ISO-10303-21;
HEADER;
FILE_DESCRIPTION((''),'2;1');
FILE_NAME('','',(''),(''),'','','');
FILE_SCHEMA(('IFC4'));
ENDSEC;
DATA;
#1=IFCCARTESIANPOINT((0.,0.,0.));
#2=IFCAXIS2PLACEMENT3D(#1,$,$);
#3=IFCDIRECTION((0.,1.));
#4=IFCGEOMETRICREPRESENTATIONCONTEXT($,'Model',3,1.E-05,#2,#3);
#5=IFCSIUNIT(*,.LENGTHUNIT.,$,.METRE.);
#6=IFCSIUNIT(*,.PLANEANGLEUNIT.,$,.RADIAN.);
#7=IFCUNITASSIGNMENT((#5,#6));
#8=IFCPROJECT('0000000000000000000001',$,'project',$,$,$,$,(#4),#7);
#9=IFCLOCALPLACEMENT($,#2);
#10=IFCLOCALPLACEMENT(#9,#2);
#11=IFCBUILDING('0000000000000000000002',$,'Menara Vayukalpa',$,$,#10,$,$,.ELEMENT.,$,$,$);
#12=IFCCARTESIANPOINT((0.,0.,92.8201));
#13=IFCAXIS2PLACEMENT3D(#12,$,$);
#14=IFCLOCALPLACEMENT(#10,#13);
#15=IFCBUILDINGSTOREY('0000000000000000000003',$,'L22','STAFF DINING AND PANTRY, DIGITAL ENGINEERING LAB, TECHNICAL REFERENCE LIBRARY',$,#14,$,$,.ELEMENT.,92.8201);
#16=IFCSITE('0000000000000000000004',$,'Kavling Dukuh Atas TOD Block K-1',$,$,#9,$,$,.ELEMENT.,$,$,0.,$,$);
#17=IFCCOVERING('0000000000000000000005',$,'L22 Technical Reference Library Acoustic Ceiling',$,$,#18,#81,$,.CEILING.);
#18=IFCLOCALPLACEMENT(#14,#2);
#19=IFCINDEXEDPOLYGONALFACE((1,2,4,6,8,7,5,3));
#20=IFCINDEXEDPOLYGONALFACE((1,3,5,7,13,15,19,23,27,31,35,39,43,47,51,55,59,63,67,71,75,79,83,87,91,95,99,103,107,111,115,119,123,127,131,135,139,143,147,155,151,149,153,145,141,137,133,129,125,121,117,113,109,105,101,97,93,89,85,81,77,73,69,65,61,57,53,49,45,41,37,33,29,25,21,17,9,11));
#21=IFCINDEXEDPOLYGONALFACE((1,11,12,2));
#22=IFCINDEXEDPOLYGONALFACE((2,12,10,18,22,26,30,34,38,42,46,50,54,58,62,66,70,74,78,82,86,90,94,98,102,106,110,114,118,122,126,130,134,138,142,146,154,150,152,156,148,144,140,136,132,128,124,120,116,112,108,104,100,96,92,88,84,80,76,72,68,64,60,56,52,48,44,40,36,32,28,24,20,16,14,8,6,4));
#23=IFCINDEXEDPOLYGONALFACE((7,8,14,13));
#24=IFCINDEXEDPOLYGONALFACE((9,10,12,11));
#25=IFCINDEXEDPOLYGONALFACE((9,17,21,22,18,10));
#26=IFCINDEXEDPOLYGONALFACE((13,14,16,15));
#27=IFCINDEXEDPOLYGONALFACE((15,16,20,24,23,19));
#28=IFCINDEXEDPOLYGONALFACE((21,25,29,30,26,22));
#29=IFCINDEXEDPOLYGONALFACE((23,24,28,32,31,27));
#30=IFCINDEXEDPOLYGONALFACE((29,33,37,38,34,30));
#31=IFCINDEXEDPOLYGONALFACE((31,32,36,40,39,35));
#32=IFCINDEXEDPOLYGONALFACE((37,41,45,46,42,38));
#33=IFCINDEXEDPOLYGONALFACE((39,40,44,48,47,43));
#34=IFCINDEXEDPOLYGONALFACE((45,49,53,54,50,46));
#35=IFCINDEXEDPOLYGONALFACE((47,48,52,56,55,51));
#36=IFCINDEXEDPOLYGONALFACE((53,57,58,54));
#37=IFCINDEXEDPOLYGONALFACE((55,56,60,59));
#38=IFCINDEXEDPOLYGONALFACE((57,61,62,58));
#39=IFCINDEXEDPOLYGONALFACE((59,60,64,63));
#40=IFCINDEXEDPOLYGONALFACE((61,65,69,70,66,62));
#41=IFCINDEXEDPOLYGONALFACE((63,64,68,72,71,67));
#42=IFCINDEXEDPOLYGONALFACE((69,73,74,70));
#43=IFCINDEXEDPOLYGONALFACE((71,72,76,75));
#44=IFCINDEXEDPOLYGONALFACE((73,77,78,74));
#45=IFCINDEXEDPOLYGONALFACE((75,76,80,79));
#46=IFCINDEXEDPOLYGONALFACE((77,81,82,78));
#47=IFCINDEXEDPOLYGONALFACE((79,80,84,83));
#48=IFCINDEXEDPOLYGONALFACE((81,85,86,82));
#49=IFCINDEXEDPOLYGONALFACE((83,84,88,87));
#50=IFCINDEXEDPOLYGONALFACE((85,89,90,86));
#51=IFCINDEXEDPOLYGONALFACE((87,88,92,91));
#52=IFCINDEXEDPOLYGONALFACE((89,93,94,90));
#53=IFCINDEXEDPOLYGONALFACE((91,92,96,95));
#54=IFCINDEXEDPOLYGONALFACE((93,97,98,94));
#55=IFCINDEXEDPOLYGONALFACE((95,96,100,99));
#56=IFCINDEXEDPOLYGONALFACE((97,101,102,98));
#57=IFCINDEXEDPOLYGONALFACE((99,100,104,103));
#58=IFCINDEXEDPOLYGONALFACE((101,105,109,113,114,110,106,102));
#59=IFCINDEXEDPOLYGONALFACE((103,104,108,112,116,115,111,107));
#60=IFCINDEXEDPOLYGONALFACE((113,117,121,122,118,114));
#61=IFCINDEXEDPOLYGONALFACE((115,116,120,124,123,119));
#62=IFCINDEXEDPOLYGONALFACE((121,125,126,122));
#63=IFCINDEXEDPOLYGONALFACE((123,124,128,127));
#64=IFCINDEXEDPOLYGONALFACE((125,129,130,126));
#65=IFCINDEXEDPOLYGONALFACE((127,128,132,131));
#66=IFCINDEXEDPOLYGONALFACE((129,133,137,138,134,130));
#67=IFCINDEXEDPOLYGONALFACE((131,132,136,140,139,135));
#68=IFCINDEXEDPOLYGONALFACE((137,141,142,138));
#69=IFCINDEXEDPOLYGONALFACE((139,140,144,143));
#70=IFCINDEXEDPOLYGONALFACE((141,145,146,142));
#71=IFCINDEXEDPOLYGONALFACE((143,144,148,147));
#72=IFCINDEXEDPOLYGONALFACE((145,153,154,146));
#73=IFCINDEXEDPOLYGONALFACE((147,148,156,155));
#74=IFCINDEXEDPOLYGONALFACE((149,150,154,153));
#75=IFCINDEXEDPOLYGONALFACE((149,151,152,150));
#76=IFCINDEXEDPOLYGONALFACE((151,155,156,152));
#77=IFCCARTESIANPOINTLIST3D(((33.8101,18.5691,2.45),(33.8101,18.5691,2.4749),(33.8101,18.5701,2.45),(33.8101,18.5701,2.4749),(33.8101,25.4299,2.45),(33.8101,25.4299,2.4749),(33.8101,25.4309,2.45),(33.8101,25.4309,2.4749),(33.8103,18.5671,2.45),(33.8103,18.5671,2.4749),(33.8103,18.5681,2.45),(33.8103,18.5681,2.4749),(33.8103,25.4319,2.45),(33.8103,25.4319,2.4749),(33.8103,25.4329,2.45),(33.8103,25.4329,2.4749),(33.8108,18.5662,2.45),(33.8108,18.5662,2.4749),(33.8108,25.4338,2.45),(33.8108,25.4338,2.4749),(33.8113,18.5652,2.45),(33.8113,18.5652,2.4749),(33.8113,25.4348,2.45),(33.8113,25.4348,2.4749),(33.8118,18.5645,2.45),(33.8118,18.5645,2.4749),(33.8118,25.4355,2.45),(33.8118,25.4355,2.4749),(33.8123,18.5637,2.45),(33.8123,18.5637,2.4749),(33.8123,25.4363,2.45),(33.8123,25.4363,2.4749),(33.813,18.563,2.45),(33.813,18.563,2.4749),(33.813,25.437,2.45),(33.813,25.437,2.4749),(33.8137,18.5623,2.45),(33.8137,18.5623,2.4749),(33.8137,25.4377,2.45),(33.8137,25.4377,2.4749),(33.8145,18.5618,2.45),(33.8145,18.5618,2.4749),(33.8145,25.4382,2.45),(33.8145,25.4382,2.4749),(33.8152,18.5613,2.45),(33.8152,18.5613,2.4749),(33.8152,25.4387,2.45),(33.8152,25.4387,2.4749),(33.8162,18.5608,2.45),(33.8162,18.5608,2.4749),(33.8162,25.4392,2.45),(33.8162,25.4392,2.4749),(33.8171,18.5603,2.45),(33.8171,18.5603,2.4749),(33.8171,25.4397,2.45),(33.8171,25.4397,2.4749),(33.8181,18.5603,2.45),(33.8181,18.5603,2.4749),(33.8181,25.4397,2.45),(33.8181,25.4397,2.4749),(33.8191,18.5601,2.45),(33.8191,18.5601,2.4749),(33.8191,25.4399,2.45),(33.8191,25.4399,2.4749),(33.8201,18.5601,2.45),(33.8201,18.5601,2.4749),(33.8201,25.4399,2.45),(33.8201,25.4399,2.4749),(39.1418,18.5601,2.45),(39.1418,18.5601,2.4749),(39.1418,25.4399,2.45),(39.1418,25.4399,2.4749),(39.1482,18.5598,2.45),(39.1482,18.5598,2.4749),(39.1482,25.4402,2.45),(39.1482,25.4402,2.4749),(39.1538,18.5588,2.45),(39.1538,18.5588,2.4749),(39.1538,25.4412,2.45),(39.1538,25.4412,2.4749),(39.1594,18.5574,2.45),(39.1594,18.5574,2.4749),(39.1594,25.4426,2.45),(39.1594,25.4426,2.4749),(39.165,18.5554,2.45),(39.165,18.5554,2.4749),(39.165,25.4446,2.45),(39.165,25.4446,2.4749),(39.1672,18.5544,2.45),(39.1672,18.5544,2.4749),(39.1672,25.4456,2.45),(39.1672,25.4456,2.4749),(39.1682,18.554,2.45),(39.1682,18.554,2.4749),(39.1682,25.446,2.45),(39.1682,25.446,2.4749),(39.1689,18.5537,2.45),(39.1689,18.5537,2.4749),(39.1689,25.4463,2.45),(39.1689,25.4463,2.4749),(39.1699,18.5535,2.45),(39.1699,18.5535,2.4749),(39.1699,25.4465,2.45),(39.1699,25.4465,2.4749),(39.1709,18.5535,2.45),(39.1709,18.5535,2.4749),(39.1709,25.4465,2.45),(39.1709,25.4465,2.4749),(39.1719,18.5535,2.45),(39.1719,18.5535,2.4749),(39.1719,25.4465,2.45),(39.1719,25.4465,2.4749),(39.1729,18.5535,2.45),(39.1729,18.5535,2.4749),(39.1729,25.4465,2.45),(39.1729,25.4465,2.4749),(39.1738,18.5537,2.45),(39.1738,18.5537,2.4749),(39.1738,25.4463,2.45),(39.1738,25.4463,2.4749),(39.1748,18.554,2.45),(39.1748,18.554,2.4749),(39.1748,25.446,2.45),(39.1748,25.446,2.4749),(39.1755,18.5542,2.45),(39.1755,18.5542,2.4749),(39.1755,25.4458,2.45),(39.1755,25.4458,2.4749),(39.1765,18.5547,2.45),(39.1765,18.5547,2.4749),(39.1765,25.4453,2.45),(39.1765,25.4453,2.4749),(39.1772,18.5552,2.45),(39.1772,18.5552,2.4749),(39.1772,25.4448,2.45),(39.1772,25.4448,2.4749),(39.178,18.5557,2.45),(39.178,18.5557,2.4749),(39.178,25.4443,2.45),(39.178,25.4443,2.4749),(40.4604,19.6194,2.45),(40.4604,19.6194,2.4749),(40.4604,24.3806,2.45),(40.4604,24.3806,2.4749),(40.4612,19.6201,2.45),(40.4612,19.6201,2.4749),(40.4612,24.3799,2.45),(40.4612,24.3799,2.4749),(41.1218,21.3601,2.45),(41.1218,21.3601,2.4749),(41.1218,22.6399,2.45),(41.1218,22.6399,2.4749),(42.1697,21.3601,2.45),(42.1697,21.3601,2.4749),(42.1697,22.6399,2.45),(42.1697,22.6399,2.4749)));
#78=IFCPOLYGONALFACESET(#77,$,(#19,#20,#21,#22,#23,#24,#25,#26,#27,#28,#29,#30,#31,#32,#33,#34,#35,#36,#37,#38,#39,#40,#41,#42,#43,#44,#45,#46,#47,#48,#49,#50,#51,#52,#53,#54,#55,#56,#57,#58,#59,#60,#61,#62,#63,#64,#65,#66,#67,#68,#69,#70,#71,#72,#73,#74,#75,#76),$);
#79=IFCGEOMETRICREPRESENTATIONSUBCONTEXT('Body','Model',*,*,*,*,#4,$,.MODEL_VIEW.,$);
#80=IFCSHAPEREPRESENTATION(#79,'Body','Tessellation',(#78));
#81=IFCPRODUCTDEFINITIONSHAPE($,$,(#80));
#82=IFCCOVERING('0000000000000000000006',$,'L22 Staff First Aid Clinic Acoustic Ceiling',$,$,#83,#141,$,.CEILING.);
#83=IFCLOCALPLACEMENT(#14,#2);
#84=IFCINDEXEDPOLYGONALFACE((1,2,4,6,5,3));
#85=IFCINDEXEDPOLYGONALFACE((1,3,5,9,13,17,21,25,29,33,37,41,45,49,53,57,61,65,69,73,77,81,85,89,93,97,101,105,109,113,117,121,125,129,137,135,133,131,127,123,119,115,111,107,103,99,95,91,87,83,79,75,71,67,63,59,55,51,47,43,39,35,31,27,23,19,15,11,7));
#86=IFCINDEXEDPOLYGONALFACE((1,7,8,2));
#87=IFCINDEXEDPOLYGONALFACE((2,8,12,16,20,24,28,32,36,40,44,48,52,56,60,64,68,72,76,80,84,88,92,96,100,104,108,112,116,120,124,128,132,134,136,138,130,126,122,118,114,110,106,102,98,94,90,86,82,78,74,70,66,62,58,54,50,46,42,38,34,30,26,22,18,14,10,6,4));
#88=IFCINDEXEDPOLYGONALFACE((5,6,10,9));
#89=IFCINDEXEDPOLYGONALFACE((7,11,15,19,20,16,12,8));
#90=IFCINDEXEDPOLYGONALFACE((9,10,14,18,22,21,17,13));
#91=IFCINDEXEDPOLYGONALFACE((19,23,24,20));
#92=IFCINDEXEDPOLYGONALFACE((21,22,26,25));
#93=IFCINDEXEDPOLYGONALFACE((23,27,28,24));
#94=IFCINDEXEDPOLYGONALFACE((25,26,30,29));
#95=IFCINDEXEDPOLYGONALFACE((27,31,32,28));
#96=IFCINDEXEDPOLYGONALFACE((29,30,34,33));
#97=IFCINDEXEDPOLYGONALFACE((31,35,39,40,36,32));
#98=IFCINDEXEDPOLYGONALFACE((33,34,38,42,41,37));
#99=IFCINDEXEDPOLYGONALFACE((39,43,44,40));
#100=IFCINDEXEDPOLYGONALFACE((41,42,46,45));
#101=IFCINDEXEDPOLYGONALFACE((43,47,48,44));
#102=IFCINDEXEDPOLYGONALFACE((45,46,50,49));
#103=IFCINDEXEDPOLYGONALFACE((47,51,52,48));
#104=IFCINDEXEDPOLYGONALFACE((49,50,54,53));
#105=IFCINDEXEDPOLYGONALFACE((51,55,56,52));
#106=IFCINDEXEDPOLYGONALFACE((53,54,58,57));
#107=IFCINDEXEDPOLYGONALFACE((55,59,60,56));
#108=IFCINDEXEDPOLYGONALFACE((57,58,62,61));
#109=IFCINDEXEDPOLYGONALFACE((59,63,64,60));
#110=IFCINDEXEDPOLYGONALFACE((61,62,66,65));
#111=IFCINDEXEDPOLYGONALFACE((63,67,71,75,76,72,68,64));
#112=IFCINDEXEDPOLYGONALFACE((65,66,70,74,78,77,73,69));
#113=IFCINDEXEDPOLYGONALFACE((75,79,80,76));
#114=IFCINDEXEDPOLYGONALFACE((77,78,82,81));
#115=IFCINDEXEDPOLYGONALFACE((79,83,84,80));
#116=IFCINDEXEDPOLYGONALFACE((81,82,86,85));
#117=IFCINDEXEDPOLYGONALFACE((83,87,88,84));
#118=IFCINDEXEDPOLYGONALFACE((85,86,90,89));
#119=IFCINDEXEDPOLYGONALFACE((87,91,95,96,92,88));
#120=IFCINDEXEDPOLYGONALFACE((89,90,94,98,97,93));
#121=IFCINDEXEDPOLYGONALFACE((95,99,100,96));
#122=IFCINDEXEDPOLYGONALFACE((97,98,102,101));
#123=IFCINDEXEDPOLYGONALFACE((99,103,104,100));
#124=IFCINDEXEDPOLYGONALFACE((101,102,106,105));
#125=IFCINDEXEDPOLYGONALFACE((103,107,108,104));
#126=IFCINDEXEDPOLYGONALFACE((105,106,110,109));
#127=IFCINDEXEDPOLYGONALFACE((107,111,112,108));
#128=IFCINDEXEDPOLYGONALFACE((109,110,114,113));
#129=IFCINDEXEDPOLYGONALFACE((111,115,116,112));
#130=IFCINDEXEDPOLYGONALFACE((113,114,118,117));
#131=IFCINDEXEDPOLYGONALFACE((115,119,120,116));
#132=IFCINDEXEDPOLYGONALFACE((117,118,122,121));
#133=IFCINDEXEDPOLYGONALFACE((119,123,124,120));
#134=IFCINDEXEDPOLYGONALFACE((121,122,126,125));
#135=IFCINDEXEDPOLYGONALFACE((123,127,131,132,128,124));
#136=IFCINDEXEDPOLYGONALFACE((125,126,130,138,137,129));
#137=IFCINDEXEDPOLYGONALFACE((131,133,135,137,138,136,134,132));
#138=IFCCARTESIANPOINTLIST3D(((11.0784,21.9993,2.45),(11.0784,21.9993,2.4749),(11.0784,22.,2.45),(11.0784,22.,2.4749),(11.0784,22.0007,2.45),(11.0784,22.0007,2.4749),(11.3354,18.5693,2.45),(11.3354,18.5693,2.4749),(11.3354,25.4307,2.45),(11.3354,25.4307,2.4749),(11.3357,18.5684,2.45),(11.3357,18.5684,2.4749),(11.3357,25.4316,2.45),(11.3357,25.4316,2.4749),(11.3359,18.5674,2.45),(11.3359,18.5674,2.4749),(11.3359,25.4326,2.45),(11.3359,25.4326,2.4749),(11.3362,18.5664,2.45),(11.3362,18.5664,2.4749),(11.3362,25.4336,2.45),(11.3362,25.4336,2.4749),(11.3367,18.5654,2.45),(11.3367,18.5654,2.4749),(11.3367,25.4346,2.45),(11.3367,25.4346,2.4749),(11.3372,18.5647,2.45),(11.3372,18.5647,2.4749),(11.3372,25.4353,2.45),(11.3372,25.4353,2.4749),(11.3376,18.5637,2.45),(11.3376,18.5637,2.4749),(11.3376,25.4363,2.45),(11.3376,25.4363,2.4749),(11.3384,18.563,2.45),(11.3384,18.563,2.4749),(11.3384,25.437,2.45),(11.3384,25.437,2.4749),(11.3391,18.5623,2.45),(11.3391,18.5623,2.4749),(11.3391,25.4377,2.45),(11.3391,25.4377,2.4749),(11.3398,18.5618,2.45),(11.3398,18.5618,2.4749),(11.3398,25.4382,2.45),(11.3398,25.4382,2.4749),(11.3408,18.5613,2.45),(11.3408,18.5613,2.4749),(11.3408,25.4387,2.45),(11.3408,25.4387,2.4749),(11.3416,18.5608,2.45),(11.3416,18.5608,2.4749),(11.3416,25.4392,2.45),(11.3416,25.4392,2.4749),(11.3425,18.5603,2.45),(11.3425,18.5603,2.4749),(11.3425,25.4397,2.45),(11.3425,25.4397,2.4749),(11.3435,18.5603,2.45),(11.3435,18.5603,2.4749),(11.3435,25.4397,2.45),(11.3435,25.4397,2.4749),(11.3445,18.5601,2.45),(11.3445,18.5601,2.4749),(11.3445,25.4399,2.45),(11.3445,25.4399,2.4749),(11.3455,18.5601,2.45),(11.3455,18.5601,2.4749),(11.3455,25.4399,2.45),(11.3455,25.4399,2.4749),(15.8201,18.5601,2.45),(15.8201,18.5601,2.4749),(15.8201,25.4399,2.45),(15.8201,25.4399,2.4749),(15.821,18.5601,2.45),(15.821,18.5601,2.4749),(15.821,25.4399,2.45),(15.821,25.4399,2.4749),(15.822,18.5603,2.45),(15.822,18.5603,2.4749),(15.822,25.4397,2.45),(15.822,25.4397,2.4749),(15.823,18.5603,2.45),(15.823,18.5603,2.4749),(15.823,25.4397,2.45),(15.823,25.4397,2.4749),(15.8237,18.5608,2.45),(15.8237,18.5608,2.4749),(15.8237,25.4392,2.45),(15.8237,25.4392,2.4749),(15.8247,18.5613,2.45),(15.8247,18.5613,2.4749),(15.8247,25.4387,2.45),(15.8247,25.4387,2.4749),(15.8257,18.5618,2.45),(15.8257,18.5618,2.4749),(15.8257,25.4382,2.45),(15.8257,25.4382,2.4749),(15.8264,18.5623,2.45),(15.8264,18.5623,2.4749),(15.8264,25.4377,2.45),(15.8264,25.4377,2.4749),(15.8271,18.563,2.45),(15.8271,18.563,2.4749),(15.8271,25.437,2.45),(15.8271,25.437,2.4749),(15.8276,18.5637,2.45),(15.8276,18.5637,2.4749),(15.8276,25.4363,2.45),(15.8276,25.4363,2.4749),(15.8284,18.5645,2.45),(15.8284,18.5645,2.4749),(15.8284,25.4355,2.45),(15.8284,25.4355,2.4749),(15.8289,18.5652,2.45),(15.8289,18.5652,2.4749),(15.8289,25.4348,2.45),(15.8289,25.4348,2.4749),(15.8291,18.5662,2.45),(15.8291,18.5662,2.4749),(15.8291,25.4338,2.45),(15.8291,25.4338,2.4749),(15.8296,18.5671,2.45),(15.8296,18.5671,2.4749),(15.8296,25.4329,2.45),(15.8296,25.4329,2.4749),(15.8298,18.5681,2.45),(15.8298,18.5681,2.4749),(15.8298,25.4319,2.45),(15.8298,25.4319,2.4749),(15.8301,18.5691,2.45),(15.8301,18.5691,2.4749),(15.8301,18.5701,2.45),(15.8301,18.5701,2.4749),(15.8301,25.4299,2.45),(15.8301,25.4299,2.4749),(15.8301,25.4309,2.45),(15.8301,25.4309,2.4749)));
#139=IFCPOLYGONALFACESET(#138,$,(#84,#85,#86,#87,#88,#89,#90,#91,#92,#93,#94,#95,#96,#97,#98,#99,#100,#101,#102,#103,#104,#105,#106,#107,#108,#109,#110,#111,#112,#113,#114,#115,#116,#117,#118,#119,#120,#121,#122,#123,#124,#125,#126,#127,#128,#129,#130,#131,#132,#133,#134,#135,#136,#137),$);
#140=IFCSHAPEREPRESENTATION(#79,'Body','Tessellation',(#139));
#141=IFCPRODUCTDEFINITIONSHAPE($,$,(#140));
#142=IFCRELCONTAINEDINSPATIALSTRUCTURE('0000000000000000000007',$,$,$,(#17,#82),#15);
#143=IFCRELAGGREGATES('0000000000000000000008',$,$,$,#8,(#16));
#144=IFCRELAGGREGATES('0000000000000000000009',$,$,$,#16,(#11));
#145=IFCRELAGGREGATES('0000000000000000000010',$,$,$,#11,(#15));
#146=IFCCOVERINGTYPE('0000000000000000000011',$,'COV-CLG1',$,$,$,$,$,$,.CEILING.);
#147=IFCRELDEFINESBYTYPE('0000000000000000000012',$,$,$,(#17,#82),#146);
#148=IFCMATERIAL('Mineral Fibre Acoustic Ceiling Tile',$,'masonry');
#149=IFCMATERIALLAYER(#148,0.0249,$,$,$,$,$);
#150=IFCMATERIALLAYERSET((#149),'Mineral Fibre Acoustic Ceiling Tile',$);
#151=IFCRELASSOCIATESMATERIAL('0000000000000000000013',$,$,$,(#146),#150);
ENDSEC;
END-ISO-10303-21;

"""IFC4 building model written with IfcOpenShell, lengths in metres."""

from ifc_helpers import new_model, si_unit, direction, frame, origin, place, context, subcontext, project, spatial, polyline, outline, extrude, material, layer, layer_set, type_object, element, save


model = new_model("IFC4")

# Units and contexts
model_context = context("Model", 3, precision=1e-05, world=origin(), true_north=direction((0.0, 1.0)))
body_context = subcontext(model_context, "Body", "Model", "MODEL_VIEW")
ifc_project = project(units=[si_unit("LENGTHUNIT", "METRE"), si_unit("PLANEANGLEUNIT", "RADIAN")], contexts=[model_context])

# Site, building, storey
site_placement = place(None, origin())
site = spatial("IfcSite", under=ifc_project, at=site_placement, Name="Kavling Dukuh Atas TOD Block K-1", CompositionType="ELEMENT", RefElevation=0.0)
building_placement = place(site_placement, origin())
building = spatial("IfcBuilding", under=site, at=building_placement, Name="Menara Vayukalpa", CompositionType="ELEMENT")
storey_placement = place(building_placement, frame((0.0, 0.0, 92.8201)))
storey = spatial("IfcBuildingStorey", under=building, at=storey_placement, Name="L22", Description="STAFF DINING AND PANTRY, DIGITAL ENGINEERING LAB, TECHNICAL REFERENCE LIBRARY", CompositionType="ELEMENT", Elevation=92.8201)

# Coverings
ifc_material_1 = material(Name="Mineral Fibre Acoustic Ceiling Tile", Category="masonry")
ifc_layer_1 = layer(ifc_material_1, 0.0249)
ifc_layer_set_1 = layer_set([ifc_layer_1], Name="Mineral Fibre Acoustic Ceiling Tile")
covering_type_1 = type_object("IfcCoveringType", Name="COV-CLG1", PredefinedType="CEILING", material=ifc_layer_set_1)
covering_1_placement = place(storey_placement, frame((0.0, 0.0, 2.45)))
element("IfcCovering", 1, at=covering_1_placement, inside=storey, type_object=covering_type_1, Name="L22 Technical Reference Library Acoustic Ceiling", PredefinedType="CEILING", context=body_context, shape_type="SweptSolid", body=[
    extrude(outline(polyline([(42.1697, 22.6399), (41.1218, 22.6399), (41.1218, 21.3601), (42.1697, 21.3601), (40.4612, 19.6201), (40.4604, 19.6194), (39.178, 18.5557), (39.1772, 18.5552), (39.1765, 18.5547), (39.1755, 18.5542), (39.1748, 18.554), (39.1738, 18.5537), (39.1729, 18.5535), (39.1719, 18.5535), (39.1709, 18.5535), (39.1699, 18.5535), (39.1689, 18.5537), (39.1682, 18.554), (39.1672, 18.5544), (39.165, 18.5554), (39.1594, 18.5574), (39.1538, 18.5588), (39.1482, 18.5598), (39.1418, 18.5601), (33.8201, 18.5601), (33.8191, 18.5601), (33.8181, 18.5603), (33.8171, 18.5603), (33.8162, 18.5608), (33.8152, 18.5613), (33.8145, 18.5618), (33.8137, 18.5623), (33.813, 18.563), (33.8123, 18.5637), (33.8118, 18.5645), (33.8113, 18.5652), (33.8108, 18.5662), (33.8103, 18.5671), (33.8103, 18.5681), (33.8101, 18.5691), (33.8101, 18.5701), (33.8101, 25.4299), (33.8101, 25.4309), (33.8103, 25.4319), (33.8103, 25.4329), (33.8108, 25.4338), (33.8113, 25.4348), (33.8118, 25.4355), (33.8123, 25.4363), (33.813, 25.437), (33.8137, 25.4377), (33.8145, 25.4382), (33.8152, 25.4387), (33.8162, 25.4392), (33.8171, 25.4397), (33.8181, 25.4397), (33.8191, 25.4399), (33.8201, 25.4399), (39.1418, 25.4399), (39.1482, 25.4402), (39.1538, 25.4412), (39.1594, 25.4426), (39.165, 25.4446), (39.1672, 25.4456), (39.1682, 25.446), (39.1689, 25.4463), (39.1699, 25.4465), (39.1709, 25.4465), (39.1719, 25.4465), (39.1729, 25.4465), (39.1738, 25.4463), (39.1748, 25.446), (39.1755, 25.4458), (39.1765, 25.4453), (39.1772, 25.4448), (39.178, 25.4443), (40.4604, 24.3806), (40.4612, 24.3799), (42.1697, 22.6399)])), origin(), (0.0, 0.0, 1.0), 0.0249),
])
covering_2_placement = place(storey_placement, frame((0.0, 0.0, 2.45)))
element("IfcCovering", 2, at=covering_2_placement, inside=storey, type_object=covering_type_1, Name="L22 Staff First Aid Clinic Acoustic Ceiling", PredefinedType="CEILING", context=body_context, shape_type="SweptSolid", body=[
    extrude(outline(polyline([(11.0784, 22.0), (11.0784, 22.0007), (11.3354, 25.4307), (11.3357, 25.4316), (11.3359, 25.4326), (11.3362, 25.4336), (11.3367, 25.4346), (11.3372, 25.4353), (11.3376, 25.4363), (11.3384, 25.437), (11.3391, 25.4377), (11.3398, 25.4382), (11.3408, 25.4387), (11.3416, 25.4392), (11.3425, 25.4397), (11.3435, 25.4397), (11.3445, 25.4399), (11.3455, 25.4399), (15.8201, 25.4399), (15.821, 25.4399), (15.822, 25.4397), (15.823, 25.4397), (15.8237, 25.4392), (15.8247, 25.4387), (15.8257, 25.4382), (15.8264, 25.4377), (15.8271, 25.437), (15.8276, 25.4363), (15.8284, 25.4355), (15.8289, 25.4348), (15.8291, 25.4338), (15.8296, 25.4329), (15.8298, 25.4319), (15.8301, 25.4309), (15.8301, 25.4299), (15.8301, 18.5701), (15.8301, 18.5691), (15.8298, 18.5681), (15.8296, 18.5671), (15.8291, 18.5662), (15.8289, 18.5652), (15.8284, 18.5645), (15.8276, 18.5637), (15.8271, 18.563), (15.8264, 18.5623), (15.8257, 18.5618), (15.8247, 18.5613), (15.8237, 18.5608), (15.823, 18.5603), (15.822, 18.5603), (15.821, 18.5601), (15.8201, 18.5601), (11.3455, 18.5601), (11.3445, 18.5601), (11.3435, 18.5603), (11.3425, 18.5603), (11.3416, 18.5608), (11.3408, 18.5613), (11.3398, 18.5618), (11.3391, 18.5623), (11.3384, 18.563), (11.3376, 18.5637), (11.3372, 18.5647), (11.3367, 18.5654), (11.3362, 18.5664), (11.3359, 18.5674), (11.3357, 18.5684), (11.3354, 18.5693), (11.0784, 21.9993), (11.0784, 22.0)])), origin(), (0.0, 0.0, 1.0), 0.0249),
])

save(model, "model.ifc")
